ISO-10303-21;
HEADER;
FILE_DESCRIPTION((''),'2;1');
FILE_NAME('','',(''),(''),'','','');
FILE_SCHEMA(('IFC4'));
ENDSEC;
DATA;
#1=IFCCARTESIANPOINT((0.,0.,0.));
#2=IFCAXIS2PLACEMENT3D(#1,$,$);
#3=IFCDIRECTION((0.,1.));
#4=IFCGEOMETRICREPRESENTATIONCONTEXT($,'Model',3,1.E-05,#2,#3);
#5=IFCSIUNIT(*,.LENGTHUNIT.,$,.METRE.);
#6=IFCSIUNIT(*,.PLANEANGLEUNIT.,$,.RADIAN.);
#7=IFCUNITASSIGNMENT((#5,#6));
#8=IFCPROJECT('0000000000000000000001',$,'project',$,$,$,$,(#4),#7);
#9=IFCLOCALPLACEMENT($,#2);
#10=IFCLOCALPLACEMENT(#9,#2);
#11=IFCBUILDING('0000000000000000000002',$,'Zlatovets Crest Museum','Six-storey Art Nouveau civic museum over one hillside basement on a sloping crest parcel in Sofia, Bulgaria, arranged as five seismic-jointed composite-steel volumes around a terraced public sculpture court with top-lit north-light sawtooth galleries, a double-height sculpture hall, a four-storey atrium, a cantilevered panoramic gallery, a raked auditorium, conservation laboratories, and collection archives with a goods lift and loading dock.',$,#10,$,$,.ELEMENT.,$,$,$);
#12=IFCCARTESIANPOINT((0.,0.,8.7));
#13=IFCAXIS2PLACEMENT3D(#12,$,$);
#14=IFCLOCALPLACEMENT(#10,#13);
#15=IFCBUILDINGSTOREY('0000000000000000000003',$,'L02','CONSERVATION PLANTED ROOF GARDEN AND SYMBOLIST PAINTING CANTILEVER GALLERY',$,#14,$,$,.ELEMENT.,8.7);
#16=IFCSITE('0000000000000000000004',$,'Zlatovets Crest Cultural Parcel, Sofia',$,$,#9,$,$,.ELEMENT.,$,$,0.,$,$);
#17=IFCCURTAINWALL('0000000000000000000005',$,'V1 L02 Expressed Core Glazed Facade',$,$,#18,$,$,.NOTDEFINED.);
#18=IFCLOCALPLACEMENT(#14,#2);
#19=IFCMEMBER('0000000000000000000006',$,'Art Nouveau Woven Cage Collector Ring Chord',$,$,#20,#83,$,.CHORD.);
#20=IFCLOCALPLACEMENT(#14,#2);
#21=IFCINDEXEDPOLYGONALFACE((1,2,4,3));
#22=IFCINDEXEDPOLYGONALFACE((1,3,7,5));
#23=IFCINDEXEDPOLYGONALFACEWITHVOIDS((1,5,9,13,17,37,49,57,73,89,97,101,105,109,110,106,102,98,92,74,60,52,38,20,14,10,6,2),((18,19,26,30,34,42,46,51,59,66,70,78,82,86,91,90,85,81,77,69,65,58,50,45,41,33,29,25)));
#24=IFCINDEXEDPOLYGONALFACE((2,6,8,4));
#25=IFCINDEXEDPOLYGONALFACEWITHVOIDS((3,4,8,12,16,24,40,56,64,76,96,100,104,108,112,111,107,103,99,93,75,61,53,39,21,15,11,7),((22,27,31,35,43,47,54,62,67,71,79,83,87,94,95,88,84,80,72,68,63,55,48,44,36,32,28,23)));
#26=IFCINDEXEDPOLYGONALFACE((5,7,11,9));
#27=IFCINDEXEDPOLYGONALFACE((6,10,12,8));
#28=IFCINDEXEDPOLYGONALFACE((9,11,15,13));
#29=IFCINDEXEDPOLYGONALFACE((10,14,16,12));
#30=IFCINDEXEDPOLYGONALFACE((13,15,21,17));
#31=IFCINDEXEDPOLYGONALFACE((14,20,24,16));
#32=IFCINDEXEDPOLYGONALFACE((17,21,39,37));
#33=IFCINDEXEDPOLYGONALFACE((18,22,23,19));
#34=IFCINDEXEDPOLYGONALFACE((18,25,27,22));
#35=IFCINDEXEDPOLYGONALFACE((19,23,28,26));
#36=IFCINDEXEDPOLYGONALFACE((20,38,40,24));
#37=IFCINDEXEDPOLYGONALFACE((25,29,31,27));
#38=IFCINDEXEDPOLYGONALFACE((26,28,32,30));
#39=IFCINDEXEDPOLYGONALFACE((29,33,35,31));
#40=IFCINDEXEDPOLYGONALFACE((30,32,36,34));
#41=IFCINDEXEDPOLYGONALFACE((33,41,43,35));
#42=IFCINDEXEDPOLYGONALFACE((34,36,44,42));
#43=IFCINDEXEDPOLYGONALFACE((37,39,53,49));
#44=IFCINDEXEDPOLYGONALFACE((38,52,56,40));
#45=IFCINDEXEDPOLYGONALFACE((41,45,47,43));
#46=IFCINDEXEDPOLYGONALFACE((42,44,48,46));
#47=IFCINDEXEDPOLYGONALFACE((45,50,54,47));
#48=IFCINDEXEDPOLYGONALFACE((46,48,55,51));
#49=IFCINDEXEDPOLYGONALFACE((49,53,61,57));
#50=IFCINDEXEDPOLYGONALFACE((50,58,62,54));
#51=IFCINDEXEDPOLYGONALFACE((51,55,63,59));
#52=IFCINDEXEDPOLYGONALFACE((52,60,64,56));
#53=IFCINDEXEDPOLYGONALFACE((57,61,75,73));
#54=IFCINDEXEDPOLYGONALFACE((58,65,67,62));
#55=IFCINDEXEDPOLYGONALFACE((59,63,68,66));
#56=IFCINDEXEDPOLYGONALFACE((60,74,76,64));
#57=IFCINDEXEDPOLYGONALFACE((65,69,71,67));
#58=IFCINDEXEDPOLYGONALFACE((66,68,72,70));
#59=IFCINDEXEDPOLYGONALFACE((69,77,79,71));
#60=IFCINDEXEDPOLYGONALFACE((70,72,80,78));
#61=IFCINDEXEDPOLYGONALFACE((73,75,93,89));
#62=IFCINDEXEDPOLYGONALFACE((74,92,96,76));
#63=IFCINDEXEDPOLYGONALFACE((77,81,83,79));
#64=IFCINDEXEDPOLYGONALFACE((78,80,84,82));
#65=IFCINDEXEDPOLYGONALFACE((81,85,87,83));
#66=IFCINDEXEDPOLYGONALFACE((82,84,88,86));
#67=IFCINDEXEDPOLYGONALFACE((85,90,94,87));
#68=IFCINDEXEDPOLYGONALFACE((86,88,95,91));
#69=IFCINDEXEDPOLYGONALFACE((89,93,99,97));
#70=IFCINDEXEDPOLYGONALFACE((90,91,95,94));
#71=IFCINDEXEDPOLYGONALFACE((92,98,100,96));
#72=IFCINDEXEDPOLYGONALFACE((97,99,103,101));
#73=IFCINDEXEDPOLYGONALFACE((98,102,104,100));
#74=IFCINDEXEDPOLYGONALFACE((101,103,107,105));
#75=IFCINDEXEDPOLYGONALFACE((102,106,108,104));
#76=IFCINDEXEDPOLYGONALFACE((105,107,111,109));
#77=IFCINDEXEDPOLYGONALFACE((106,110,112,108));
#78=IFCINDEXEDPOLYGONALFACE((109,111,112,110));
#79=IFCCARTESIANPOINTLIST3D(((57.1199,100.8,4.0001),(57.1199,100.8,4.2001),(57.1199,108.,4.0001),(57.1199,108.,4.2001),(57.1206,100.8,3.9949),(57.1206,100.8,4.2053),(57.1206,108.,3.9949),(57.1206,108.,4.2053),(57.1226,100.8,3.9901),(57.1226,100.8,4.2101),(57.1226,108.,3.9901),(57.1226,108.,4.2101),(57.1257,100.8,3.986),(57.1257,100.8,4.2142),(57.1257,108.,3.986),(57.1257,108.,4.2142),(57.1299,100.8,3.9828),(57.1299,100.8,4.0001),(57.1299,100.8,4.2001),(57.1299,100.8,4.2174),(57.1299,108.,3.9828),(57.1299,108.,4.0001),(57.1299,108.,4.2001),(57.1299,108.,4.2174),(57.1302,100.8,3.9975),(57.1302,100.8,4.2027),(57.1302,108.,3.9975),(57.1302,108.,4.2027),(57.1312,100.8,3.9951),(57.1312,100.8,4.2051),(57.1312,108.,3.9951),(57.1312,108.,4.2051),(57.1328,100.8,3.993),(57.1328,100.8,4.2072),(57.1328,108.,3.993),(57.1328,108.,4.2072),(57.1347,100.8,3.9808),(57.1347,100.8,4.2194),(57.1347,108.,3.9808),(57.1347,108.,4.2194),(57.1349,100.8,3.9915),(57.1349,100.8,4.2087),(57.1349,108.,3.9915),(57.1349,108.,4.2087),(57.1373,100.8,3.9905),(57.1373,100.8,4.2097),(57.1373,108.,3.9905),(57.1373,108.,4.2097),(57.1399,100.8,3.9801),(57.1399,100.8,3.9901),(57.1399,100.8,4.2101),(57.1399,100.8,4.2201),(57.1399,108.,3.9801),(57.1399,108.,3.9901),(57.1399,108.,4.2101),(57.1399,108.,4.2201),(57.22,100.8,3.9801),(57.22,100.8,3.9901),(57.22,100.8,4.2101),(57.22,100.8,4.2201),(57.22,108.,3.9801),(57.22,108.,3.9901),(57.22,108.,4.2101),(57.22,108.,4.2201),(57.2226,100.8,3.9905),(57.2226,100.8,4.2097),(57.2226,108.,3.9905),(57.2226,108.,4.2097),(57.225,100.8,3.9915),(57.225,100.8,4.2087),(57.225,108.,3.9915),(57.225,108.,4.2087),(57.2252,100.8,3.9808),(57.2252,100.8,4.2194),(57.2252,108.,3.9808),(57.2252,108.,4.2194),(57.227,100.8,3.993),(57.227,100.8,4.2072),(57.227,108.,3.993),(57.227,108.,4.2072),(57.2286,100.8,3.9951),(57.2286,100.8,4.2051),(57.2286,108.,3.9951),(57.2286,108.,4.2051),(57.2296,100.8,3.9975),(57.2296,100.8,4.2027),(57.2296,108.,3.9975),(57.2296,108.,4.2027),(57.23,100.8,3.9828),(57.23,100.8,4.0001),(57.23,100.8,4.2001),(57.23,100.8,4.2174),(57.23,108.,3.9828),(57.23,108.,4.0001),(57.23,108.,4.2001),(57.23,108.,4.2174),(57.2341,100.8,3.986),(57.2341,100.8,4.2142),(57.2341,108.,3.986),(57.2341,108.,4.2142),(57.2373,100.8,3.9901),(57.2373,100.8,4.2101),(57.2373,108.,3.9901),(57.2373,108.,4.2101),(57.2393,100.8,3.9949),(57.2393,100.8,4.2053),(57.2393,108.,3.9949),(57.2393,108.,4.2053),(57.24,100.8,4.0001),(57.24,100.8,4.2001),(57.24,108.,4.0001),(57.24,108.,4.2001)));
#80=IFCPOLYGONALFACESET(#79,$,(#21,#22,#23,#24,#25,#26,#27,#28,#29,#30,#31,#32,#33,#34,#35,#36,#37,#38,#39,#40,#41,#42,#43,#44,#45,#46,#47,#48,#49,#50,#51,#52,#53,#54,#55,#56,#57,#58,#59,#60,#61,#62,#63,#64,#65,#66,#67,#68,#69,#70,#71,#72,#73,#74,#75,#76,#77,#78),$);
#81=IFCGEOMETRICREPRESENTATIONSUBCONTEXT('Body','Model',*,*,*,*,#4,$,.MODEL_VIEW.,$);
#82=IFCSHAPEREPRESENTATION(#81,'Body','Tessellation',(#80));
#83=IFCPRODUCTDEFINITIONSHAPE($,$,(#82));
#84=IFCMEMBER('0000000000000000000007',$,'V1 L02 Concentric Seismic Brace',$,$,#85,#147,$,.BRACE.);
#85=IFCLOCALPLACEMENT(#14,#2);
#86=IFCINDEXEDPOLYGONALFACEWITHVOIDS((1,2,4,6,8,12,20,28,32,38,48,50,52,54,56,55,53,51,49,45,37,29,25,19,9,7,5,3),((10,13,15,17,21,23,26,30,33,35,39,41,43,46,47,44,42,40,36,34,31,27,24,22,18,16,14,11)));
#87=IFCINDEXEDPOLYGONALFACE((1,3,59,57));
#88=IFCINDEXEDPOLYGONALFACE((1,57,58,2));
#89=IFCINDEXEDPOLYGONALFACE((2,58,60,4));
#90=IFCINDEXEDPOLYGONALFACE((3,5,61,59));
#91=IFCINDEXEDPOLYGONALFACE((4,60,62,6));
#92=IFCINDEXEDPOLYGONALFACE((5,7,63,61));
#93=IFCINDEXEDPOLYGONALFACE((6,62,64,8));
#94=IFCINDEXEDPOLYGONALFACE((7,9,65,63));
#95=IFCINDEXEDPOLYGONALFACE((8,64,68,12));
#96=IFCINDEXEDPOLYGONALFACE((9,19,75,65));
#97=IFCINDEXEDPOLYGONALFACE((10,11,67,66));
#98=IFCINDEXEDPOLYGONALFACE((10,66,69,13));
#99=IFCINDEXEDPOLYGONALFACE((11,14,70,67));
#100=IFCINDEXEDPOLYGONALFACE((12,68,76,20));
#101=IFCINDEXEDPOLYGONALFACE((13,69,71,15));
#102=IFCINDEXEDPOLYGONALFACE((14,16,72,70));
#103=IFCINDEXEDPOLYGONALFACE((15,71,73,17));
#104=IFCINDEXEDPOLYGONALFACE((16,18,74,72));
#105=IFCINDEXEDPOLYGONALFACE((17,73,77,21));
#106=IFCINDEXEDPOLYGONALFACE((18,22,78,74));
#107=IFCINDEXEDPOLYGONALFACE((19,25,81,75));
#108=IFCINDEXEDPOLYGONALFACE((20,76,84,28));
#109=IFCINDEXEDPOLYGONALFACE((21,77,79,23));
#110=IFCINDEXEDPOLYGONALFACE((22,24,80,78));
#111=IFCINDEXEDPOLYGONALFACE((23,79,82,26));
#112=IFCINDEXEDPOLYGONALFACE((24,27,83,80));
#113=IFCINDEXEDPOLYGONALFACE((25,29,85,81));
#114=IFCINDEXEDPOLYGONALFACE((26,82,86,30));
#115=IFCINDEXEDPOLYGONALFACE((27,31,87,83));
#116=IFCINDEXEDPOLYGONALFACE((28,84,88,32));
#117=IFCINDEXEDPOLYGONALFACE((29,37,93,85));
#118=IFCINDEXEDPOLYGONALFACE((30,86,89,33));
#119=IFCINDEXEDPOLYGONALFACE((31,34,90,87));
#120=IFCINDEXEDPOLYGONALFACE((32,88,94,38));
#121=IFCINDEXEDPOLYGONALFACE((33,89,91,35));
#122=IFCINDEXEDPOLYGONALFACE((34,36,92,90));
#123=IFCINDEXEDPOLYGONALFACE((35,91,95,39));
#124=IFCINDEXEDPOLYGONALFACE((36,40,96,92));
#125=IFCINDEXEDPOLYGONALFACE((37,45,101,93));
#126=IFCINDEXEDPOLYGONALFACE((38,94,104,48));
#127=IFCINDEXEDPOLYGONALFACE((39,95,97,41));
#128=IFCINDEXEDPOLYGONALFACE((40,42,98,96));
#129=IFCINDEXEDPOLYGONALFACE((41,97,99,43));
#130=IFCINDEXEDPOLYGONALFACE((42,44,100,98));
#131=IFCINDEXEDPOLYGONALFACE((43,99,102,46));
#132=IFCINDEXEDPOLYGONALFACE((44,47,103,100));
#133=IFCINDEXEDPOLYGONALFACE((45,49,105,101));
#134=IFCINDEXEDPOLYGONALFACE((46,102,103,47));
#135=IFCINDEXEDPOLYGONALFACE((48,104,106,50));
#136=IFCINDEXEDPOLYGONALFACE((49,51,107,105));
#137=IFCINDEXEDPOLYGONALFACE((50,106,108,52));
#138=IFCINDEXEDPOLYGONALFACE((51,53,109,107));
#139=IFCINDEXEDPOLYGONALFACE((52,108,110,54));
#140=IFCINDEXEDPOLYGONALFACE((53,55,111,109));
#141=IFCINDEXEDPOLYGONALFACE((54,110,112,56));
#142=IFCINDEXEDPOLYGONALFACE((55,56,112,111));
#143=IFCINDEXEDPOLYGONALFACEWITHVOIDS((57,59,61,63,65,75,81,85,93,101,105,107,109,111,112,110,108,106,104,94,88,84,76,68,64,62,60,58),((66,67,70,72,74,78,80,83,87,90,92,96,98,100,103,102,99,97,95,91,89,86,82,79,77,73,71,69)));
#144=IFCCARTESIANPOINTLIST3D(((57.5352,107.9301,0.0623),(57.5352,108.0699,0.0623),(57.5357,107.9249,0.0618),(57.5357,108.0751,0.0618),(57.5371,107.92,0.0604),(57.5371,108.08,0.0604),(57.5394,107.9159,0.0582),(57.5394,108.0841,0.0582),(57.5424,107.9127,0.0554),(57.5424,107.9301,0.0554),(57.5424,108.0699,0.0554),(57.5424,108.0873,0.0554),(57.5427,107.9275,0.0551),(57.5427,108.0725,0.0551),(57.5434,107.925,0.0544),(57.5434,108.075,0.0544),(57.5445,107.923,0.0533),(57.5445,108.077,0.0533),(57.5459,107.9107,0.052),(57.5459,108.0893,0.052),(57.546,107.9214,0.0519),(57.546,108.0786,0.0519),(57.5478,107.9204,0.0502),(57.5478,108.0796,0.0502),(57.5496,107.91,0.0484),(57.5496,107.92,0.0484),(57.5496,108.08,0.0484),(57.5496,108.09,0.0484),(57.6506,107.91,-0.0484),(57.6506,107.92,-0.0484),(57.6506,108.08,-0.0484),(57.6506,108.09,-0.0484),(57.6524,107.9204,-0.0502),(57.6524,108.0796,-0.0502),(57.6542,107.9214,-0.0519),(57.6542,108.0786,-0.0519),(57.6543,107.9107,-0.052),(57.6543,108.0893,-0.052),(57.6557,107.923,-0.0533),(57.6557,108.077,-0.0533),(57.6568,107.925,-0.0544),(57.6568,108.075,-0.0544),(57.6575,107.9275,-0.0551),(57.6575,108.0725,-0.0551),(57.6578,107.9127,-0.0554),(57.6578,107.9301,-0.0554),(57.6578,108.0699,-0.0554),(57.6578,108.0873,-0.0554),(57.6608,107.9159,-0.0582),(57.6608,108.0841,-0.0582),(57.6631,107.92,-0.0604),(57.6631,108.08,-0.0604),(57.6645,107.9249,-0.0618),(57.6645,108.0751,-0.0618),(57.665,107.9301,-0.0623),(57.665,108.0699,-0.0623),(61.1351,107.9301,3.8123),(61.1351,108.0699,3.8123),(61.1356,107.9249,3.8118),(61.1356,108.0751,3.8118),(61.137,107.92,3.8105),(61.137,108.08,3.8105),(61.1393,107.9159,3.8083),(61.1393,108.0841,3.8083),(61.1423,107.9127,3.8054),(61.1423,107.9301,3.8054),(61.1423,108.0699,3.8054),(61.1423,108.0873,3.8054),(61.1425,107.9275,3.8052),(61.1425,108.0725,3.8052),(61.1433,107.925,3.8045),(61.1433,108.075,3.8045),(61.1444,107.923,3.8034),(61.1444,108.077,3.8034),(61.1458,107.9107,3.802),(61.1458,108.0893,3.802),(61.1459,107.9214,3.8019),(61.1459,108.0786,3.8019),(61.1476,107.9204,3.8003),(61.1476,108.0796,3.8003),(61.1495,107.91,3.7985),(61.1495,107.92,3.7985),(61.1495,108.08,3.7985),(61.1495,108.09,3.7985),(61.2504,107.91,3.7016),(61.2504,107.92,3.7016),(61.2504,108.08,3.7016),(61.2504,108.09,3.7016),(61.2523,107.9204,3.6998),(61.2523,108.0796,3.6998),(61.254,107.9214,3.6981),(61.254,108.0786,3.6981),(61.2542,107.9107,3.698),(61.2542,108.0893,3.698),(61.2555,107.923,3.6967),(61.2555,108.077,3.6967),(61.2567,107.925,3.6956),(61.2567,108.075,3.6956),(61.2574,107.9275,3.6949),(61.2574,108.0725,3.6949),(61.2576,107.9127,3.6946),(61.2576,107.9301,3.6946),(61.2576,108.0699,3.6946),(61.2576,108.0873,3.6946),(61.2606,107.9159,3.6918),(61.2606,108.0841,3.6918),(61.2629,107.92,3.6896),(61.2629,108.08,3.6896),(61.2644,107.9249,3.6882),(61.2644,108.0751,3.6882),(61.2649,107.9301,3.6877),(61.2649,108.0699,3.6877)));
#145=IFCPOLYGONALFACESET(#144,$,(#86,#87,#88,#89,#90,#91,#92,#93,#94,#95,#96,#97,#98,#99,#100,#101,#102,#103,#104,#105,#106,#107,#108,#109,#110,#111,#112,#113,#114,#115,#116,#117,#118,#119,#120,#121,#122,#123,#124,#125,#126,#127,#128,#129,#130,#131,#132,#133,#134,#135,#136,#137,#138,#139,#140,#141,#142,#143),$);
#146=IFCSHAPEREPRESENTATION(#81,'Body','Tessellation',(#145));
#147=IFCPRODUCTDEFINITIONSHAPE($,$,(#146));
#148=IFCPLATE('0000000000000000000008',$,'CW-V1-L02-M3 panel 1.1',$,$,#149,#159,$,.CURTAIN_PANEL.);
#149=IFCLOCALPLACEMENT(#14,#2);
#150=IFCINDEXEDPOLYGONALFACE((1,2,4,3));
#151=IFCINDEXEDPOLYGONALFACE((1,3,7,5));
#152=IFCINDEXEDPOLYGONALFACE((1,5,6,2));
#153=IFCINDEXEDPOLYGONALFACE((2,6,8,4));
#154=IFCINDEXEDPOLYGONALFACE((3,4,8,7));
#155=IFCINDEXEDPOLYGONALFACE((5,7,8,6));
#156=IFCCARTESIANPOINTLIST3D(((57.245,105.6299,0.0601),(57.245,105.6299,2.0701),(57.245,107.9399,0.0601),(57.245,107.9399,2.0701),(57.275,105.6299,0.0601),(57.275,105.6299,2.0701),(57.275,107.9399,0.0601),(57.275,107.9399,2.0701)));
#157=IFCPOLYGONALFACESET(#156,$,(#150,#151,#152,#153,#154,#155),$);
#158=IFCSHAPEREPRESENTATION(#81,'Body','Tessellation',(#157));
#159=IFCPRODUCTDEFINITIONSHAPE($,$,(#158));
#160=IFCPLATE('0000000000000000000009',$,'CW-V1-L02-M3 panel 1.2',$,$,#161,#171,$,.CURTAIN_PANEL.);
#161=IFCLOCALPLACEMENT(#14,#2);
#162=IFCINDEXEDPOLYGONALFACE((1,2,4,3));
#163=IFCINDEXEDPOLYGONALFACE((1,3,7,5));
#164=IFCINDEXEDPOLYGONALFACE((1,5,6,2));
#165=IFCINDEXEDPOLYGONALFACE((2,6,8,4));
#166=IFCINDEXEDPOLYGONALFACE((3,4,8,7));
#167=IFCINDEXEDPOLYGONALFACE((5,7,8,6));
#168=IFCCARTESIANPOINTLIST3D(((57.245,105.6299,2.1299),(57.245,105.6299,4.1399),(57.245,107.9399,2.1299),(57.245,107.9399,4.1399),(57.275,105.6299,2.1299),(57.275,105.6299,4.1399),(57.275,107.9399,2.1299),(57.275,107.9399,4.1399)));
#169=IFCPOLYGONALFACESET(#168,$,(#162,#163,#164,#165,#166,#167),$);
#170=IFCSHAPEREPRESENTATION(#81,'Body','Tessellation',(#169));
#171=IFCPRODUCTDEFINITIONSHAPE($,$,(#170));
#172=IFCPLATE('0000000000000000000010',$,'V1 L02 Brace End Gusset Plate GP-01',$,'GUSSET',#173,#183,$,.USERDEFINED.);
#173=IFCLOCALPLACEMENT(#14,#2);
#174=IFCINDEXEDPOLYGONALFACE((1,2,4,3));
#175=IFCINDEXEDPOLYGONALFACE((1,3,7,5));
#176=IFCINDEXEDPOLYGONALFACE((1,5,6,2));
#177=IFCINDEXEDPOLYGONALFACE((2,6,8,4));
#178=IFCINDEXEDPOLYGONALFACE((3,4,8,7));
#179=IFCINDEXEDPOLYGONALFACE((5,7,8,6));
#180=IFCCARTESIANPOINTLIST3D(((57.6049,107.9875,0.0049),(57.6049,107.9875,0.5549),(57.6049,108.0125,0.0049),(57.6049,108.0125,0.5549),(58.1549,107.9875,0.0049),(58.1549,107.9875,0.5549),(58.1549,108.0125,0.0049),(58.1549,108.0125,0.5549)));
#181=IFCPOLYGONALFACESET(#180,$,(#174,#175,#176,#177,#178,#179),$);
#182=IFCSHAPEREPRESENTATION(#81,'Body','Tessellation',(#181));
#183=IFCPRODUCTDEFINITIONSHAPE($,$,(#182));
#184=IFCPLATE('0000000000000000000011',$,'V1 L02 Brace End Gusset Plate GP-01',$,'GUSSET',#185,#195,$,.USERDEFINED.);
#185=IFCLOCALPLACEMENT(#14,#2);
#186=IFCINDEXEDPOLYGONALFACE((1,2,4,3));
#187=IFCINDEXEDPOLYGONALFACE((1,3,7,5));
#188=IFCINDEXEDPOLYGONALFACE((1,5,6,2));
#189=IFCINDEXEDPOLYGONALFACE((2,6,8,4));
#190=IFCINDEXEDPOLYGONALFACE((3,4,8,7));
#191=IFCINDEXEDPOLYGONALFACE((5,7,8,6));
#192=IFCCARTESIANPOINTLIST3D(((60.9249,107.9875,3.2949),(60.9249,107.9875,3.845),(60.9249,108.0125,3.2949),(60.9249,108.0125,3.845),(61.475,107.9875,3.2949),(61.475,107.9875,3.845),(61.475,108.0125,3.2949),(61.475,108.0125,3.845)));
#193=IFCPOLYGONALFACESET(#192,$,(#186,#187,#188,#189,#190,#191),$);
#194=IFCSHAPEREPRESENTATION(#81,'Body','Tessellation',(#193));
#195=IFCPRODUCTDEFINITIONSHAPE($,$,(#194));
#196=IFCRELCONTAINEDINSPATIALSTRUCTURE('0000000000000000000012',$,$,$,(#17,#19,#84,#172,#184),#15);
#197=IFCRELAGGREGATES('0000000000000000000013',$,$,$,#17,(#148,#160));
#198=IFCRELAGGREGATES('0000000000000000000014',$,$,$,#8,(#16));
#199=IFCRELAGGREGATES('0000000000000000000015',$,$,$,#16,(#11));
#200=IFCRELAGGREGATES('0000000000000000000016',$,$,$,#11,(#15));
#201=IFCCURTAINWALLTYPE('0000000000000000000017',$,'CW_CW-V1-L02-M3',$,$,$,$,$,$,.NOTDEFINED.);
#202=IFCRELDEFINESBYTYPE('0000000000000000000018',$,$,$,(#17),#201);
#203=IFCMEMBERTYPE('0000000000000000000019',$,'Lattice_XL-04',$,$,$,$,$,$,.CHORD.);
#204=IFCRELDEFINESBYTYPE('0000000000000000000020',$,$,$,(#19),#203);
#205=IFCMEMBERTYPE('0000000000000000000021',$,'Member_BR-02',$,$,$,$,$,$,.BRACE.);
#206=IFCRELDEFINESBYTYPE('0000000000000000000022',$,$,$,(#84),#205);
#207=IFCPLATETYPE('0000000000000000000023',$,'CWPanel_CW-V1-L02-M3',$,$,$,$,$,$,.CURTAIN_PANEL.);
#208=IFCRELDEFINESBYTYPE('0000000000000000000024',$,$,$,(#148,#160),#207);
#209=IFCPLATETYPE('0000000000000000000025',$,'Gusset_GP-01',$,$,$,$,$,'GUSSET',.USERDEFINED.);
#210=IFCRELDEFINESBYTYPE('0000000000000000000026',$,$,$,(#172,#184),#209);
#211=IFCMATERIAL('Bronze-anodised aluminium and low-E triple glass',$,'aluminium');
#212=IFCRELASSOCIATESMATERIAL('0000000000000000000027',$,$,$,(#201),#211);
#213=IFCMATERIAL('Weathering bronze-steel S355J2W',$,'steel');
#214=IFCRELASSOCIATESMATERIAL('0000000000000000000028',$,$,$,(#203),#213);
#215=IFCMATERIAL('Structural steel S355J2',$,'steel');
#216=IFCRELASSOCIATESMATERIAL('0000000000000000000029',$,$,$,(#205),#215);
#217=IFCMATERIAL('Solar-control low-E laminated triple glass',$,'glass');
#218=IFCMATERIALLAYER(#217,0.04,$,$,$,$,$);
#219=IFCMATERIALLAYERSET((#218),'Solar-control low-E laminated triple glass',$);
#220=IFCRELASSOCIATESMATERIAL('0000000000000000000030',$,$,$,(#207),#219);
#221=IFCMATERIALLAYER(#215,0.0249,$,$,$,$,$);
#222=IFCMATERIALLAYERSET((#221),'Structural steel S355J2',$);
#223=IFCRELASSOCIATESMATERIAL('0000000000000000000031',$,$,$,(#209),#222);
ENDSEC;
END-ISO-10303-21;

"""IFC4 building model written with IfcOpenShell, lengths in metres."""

from ifc_helpers import new_model, si_unit, direction, frame, origin, origin_2d, place, context, subcontext, project, spatial, rectangle, hollow_rectangle, extrude, material, layer, layer_set, material_profile, profile_set, type_object, element, aggregate, save


model = new_model("IFC4")

# Units and contexts
model_context = context("Model", 3, precision=1e-05, world=origin(), true_north=direction((0.0, 1.0)))
body_context = subcontext(model_context, "Body", "Model", "MODEL_VIEW")
ifc_project = project(units=[si_unit("LENGTHUNIT", "METRE"), si_unit("PLANEANGLEUNIT", "RADIAN")], contexts=[model_context])

# Site, building, storey
site_placement = place(None, origin())
site = spatial("IfcSite", under=ifc_project, at=site_placement, Name="Zlatovets Crest Cultural Parcel, Sofia", CompositionType="ELEMENT", RefElevation=0.0)
building_placement = place(site_placement, origin())
building = spatial("IfcBuilding", under=site, at=building_placement, Name="Zlatovets Crest Museum", Description="Six-storey Art Nouveau civic museum over one hillside basement on a sloping crest parcel in Sofia, Bulgaria, arranged as five seismic-jointed composite-steel volumes around a terraced public sculpture court with top-lit north-light sawtooth galleries, a double-height sculpture hall, a four-storey atrium, a cantilevered panoramic gallery, a raked auditorium, conservation laboratories, and collection archives with a goods lift and loading dock.", CompositionType="ELEMENT")
storey_placement = place(building_placement, frame((0.0, 0.0, 8.7)))
storey = spatial("IfcBuildingStorey", under=building, at=storey_placement, Name="L02", Description="CONSERVATION PLANTED ROOF GARDEN AND SYMBOLIST PAINTING CANTILEVER GALLERY", CompositionType="ELEMENT", Elevation=8.7)

# Shared definitions
ifc_material_1 = material(Name="Structural steel S355J2", Category="steel")

# Curtain wall
ifc_material_2 = material(Name="Bronze-anodised aluminium and low-E triple glass", Category="aluminium")
curtain_wall_type = type_object("IfcCurtainWallType", Name="CW_CW-V1-L02-M3", PredefinedType="NOTDEFINED", material=ifc_material_2)
curtain_wall_placement = place(storey_placement, origin())
curtain_wall = element("IfcCurtainWall", 1, at=curtain_wall_placement, inside=storey, type_object=curtain_wall_type, Name="V1 L02 Expressed Core Glazed Facade", PredefinedType="NOTDEFINED")

# Members
ifc_material_3 = material(Name="Weathering bronze-steel S355J2W", Category="steel")
ifc_material_profile_1 = material_profile(ifc_material_3, hollow_rectangle(XDim=0.1201, YDim=0.24, WallThickness=0.01, InnerFilletRadius=0.01, OuterFilletRadius=0.02, at=origin_2d()), Name="RHS 120x240x10.0")
ifc_profile_set_1 = profile_set([ifc_material_profile_1], Name="Weathering bronze-steel S355J2W")
member_type_1 = type_object("IfcMemberType", Name="Lattice_XL-04", PredefinedType="CHORD", material=ifc_profile_set_1)
member_1_placement = place(storey_placement, frame((57.1799, 108.0, 4.1001), z_axis=(0.0, -1.0, 0.0), x_axis=(1.0, 0.0, 0.0)))
element("IfcMember", 2, at=member_1_placement, inside=storey, type_object=member_type_1, Name="Art Nouveau Woven Cage Collector Ring Chord", PredefinedType="CHORD", context=body_context, shape_type="SweptSolid", body=[
    extrude(hollow_rectangle(XDim=0.1201, YDim=0.24, WallThickness=0.01, InnerFilletRadius=0.01, OuterFilletRadius=0.02, at=origin_2d()), origin(), (0.0, 0.0, 1.0), 7.2),
])
ifc_material_profile_2 = material_profile(ifc_material_1, hollow_rectangle(XDim=0.1799, YDim=0.1799, WallThickness=0.01, InnerFilletRadius=0.01, OuterFilletRadius=0.02, at=origin_2d()), Name="SHS 180x180x10.0")
ifc_profile_set_2 = profile_set([ifc_material_profile_2], Name="Structural steel S355J2")
member_type_2 = type_object("IfcMemberType", Name="Member_BR-02", PredefinedType="BRACE", material=ifc_profile_set_2)
member_2_placement = place(storey_placement, frame((57.6001, 108.0, 0.0), z_axis=(0.692517, 0.0, 0.721401), x_axis=(0.0, 1.0, 0.0)))
element("IfcMember", 3, at=member_2_placement, inside=storey, type_object=member_type_2, Name="V1 L02 Concentric Seismic Brace", PredefinedType="BRACE", context=body_context, shape_type="SweptSolid", body=[
    extrude(hollow_rectangle(XDim=0.1799, YDim=0.1799, WallThickness=0.01, InnerFilletRadius=0.01, OuterFilletRadius=0.02, at=origin_2d()), origin(), (0.0, 0.0, 1.0), 5.1982),
])

# Plates
ifc_material_4 = material(Name="Solar-control low-E laminated triple glass", Category="glass")
ifc_layer_1 = layer(ifc_material_4, 0.04)
ifc_layer_set_1 = layer_set([ifc_layer_1], Name="Solar-control low-E laminated triple glass")
plate_type_1 = type_object("IfcPlateType", Name="CWPanel_CW-V1-L02-M3", PredefinedType="CURTAIN_PANEL", material=ifc_layer_set_1)
plate_1_placement = place(storey_placement, frame((57.26, 106.7849, 0.0601), z_axis=(0.0, 0.0, 1.0), x_axis=(0.0, -1.0, 0.0)))
plate_1 = element("IfcPlate", 4, at=plate_1_placement, type_object=plate_type_1, Name="CW-V1-L02-M3 panel 1.1", PredefinedType="CURTAIN_PANEL", context=body_context, shape_type="SweptSolid", body=[
    extrude(rectangle(XDim=2.3101, YDim=0.03, at=origin_2d()), origin(), (0.0, 0.0, 1.0), 2.01),
])
plate_2_placement = place(storey_placement, frame((57.26, 106.7849, 2.1299), z_axis=(0.0, 0.0, 1.0), x_axis=(0.0, -1.0, 0.0)))
plate_2 = element("IfcPlate", 5, at=plate_2_placement, type_object=plate_type_1, Name="CW-V1-L02-M3 panel 1.2", PredefinedType="CURTAIN_PANEL", context=body_context, shape_type="SweptSolid", body=[
    extrude(rectangle(XDim=2.3101, YDim=0.03, at=origin_2d()), origin(), (0.0, 0.0, 1.0), 2.01),
])
aggregate(curtain_wall, [plate_1, plate_2])

# Plates
ifc_layer_2 = layer(ifc_material_1, 0.0249)
ifc_layer_set_2 = layer_set([ifc_layer_2], Name="Structural steel S355J2")
plate_type_2 = type_object("IfcPlateType", Name="Gusset_GP-01", ElementType="GUSSET", PredefinedType="USERDEFINED", material=ifc_layer_set_2)
for number, where, z_axis, x_axis, name in (
    (6, (57.8799, 108.0, 0.0049), (0.0, 0.0, 1.0), (1.0, 0.0, 0.0), "V1 L02 Brace End Gusset Plate GP-01"),
    (7, (61.2, 108.0, 3.2949), (0.0, 0.0, 1.0), (1.0, 0.0, 0.0), "V1 L02 Brace End Gusset Plate GP-01"),
):
    element("IfcPlate", number, at=place(storey_placement, frame(where, z_axis=z_axis, x_axis=x_axis)), inside=storey, type_object=plate_type_2, Name=name, ObjectType="GUSSET", PredefinedType="USERDEFINED", context=body_context, shape_type="SweptSolid", body=[
        extrude(rectangle(XDim=0.55, YDim=0.0249, at=origin_2d()), origin(), (0.0, 0.0, 1.0), 0.55),
    ])

save(model, "model.ifc")
